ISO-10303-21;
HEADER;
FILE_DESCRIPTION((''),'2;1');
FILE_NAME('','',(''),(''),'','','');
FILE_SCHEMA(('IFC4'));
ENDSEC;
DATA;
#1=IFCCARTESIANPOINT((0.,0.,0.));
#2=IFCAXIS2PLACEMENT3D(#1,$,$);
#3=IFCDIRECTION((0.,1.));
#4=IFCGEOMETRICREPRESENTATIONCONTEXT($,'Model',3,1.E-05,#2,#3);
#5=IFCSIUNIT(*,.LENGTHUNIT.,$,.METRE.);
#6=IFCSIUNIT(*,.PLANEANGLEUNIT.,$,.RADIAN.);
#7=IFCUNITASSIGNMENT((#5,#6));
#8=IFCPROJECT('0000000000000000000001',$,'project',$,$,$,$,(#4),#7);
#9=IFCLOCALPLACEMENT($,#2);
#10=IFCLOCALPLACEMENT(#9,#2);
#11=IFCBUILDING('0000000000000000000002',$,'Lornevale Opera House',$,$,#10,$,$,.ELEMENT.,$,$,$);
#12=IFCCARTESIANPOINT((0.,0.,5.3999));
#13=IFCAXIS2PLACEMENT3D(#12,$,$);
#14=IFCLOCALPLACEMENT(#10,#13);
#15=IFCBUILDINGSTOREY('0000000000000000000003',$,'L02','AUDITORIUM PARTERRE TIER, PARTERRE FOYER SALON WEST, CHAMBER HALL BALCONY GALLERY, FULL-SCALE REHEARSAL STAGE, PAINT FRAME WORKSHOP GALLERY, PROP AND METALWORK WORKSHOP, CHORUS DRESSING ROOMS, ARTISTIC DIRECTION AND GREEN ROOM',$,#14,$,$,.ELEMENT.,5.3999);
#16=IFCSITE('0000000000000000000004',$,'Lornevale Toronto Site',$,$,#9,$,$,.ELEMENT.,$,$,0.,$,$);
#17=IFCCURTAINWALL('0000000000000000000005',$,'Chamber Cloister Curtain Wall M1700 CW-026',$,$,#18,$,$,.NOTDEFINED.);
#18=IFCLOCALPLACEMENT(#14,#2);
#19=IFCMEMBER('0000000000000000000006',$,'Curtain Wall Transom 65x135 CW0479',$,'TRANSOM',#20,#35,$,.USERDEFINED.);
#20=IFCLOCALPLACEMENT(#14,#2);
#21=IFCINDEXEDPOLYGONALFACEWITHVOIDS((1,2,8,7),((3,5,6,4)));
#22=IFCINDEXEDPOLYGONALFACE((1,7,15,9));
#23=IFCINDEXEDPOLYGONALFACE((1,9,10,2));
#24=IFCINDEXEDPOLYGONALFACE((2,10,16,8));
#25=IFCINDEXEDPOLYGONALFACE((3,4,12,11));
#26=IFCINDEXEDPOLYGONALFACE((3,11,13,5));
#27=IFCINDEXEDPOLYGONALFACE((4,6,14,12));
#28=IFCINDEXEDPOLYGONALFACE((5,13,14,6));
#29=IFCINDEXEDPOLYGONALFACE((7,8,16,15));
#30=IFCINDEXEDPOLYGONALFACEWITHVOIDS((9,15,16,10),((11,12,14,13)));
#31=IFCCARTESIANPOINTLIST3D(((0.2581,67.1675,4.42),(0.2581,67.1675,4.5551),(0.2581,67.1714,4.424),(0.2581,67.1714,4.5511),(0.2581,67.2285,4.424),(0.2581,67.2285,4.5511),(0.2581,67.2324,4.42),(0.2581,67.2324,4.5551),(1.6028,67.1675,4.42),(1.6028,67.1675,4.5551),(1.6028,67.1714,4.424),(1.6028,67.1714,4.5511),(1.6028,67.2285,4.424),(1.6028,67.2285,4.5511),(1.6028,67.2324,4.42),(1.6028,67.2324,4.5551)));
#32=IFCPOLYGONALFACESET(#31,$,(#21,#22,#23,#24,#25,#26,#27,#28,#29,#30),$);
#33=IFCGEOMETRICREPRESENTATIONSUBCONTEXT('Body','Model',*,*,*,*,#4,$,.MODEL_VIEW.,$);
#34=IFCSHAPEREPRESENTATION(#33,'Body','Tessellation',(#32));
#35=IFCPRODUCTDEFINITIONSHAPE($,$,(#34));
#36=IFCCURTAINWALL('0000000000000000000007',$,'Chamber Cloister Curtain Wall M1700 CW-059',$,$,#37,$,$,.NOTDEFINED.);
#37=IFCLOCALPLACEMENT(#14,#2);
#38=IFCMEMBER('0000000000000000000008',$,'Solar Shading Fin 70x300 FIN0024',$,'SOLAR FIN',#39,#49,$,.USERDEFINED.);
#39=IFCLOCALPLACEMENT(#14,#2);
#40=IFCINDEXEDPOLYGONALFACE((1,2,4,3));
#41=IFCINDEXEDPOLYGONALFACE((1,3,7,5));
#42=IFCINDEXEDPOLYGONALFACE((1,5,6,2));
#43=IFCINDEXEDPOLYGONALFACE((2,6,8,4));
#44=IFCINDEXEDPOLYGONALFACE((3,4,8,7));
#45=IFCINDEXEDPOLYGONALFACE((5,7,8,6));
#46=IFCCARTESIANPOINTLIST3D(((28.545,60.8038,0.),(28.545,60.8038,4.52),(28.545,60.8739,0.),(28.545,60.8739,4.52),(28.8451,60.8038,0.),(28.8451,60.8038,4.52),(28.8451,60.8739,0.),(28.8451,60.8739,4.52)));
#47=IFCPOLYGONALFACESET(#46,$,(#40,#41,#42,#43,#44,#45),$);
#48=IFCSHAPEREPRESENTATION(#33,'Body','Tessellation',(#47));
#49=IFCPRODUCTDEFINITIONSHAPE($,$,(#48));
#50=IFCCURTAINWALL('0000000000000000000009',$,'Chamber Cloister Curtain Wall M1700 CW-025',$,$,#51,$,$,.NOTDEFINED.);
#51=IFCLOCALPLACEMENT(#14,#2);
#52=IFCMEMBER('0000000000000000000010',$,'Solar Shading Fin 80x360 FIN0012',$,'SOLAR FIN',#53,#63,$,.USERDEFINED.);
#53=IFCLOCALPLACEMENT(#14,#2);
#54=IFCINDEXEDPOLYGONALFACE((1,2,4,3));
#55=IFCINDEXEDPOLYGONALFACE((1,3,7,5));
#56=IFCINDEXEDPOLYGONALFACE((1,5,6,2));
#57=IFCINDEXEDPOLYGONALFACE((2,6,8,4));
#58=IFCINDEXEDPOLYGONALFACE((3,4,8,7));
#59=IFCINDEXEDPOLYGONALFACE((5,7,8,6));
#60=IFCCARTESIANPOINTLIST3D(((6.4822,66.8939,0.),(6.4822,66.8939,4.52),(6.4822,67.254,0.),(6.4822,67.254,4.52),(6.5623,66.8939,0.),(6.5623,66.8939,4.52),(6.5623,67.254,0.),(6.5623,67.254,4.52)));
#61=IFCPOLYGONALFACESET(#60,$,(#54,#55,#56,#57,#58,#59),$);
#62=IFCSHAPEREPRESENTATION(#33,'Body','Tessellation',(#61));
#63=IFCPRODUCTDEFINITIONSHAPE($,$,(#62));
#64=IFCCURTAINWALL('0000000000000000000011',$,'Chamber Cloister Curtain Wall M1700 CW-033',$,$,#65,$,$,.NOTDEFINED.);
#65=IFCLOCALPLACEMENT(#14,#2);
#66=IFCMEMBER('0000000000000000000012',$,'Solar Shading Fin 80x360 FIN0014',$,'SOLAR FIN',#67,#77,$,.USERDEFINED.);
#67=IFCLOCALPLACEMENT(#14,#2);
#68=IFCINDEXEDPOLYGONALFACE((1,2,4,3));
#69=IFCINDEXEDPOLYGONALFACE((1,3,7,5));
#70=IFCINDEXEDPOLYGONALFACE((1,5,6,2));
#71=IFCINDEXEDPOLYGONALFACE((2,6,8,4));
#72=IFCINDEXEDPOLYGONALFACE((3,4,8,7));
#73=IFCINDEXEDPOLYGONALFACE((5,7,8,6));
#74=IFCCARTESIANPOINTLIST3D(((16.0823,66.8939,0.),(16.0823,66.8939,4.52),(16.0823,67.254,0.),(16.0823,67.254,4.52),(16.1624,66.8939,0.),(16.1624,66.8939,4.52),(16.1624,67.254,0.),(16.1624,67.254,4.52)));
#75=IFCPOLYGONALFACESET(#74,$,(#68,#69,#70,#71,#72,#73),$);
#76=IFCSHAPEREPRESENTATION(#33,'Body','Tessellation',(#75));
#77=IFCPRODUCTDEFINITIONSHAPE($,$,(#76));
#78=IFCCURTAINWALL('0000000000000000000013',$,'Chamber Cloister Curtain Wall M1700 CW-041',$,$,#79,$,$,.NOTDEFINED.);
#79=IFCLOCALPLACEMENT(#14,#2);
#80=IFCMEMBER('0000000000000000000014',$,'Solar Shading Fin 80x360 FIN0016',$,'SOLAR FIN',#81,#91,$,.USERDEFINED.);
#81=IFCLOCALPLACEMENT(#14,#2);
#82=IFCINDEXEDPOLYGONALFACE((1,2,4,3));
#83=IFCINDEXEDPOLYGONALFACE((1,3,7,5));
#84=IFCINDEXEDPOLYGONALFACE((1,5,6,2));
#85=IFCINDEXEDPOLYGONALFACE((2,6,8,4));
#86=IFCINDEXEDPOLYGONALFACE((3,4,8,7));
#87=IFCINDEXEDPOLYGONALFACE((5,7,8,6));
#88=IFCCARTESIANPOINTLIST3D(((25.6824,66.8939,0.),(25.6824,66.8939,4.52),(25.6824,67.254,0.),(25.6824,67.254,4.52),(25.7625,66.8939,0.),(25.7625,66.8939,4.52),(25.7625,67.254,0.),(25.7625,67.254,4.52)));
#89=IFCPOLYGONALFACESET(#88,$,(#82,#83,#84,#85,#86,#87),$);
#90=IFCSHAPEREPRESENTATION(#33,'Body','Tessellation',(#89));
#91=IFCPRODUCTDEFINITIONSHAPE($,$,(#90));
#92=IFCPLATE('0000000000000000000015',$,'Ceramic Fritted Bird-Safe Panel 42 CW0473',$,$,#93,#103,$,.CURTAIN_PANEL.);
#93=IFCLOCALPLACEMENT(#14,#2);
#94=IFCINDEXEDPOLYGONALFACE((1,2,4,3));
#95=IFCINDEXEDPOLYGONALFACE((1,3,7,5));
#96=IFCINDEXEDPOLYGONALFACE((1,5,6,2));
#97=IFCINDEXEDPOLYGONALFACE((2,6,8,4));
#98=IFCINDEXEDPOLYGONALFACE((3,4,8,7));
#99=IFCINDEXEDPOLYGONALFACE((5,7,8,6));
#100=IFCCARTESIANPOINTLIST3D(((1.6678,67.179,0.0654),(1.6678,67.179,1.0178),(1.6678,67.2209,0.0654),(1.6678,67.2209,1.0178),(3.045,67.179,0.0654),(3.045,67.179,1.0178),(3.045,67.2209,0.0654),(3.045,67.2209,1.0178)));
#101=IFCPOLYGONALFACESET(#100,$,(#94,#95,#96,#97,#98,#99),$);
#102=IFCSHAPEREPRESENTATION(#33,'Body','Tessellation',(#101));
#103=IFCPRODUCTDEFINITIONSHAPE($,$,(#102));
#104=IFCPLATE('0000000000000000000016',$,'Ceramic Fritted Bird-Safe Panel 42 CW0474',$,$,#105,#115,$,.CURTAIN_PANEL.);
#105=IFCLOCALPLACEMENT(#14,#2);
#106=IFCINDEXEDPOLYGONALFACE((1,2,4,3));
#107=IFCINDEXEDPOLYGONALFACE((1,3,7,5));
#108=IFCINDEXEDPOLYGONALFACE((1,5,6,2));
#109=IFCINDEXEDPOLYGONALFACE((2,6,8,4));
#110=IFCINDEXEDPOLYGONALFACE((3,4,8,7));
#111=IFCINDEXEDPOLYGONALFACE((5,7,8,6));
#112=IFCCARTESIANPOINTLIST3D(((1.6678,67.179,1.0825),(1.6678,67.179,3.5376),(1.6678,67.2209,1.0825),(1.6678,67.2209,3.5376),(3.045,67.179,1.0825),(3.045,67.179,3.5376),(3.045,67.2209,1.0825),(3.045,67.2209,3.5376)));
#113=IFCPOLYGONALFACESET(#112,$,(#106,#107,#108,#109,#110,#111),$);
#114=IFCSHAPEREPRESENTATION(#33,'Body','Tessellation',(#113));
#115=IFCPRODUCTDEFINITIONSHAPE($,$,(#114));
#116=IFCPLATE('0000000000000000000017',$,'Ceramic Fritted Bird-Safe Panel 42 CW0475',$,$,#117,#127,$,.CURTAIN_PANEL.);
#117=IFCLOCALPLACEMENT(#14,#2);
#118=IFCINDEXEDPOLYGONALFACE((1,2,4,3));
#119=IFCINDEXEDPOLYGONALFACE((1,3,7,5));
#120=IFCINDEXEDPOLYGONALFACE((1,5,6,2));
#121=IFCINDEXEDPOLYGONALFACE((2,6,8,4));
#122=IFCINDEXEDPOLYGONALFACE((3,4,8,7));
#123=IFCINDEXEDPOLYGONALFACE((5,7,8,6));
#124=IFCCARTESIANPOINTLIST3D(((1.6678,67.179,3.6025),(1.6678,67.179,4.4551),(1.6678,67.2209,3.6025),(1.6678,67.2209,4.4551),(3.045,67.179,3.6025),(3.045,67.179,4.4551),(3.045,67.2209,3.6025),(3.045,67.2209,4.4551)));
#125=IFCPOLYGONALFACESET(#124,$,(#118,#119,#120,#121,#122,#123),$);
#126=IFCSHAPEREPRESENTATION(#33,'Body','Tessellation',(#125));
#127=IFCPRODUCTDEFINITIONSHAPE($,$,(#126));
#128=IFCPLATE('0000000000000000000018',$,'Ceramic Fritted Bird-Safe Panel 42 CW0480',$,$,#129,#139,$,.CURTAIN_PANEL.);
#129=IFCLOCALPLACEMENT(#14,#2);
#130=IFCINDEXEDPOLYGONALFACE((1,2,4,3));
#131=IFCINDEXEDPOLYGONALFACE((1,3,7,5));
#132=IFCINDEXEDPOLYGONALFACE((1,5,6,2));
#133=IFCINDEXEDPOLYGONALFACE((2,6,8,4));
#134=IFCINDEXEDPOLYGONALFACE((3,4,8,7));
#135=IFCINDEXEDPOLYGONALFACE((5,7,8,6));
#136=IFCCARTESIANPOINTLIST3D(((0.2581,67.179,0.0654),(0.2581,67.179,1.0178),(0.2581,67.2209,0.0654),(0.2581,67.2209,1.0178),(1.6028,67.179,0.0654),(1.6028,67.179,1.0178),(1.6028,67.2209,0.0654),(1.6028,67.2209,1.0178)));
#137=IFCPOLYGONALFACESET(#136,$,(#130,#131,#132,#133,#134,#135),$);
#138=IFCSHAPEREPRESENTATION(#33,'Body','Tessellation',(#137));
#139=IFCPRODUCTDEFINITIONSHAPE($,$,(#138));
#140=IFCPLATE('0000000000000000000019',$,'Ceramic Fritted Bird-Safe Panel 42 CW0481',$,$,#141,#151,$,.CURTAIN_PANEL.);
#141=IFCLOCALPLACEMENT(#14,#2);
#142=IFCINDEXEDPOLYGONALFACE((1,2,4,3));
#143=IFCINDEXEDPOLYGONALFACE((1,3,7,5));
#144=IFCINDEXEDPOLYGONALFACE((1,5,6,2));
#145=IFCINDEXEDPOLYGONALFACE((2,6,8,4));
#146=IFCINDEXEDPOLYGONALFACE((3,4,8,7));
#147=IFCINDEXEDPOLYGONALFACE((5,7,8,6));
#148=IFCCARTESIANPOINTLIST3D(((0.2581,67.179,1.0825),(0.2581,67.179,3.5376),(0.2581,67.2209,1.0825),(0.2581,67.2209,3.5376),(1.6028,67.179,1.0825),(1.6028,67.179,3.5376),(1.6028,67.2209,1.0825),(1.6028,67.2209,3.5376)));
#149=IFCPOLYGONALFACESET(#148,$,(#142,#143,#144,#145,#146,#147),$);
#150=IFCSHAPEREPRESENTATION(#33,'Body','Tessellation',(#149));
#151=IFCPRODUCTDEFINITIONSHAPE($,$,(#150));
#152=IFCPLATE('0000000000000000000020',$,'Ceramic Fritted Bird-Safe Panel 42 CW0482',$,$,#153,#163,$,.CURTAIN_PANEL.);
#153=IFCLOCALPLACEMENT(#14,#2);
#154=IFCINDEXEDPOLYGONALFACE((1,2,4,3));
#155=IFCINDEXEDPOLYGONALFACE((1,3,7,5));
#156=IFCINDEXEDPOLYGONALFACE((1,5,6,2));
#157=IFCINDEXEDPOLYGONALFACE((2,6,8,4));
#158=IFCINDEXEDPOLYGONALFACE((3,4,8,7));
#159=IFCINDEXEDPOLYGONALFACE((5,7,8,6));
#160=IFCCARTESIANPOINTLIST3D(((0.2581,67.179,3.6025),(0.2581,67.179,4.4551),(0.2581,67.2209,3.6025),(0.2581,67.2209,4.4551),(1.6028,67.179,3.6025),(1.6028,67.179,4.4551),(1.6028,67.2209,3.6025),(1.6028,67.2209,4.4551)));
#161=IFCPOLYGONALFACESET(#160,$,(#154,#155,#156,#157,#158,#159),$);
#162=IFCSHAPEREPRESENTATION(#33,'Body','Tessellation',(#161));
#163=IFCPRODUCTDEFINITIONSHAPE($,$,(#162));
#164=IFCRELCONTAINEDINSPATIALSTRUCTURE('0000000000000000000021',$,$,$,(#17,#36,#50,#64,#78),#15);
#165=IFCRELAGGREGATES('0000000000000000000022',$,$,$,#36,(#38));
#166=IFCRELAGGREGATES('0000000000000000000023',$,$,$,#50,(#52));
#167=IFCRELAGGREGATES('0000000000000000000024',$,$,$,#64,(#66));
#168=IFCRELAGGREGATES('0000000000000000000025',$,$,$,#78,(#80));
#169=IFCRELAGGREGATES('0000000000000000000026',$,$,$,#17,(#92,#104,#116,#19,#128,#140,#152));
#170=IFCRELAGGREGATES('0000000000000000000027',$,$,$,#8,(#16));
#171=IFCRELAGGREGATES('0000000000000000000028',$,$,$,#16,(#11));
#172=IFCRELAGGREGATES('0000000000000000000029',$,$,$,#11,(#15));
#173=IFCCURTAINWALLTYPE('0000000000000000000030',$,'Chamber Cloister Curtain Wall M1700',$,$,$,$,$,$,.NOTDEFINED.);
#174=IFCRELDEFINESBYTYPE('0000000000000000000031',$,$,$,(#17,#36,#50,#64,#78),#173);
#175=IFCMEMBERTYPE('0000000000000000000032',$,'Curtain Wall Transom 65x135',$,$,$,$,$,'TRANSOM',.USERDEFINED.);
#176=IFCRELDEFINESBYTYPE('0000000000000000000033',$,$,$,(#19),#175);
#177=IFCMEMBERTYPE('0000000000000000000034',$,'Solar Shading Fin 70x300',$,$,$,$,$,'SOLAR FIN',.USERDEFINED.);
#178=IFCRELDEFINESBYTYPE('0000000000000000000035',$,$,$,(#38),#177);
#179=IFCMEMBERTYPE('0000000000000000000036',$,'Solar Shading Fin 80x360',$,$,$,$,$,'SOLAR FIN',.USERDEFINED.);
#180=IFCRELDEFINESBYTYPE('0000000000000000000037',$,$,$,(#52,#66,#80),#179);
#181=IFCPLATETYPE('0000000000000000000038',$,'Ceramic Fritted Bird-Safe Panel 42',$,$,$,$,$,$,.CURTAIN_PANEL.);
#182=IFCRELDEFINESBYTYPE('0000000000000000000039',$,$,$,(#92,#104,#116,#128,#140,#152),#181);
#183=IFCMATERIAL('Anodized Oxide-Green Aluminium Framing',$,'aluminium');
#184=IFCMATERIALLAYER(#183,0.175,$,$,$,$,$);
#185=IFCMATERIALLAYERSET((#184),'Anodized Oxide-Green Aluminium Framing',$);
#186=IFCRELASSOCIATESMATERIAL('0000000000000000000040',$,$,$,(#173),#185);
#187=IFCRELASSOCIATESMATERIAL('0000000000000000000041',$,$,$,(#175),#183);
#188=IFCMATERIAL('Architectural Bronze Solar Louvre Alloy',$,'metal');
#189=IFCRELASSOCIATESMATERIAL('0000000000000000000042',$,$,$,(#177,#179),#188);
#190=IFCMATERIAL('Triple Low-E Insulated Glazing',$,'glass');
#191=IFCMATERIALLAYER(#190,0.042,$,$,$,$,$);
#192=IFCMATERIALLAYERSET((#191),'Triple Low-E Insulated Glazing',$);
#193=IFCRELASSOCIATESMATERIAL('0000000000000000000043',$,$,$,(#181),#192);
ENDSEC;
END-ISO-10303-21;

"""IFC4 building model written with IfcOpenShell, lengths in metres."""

from ifc_helpers import new_model, si_unit, direction, frame, origin, origin_2d, place, context, subcontext, project, spatial, rectangle, hollow_rectangle, extrude, material, layer, layer_set, material_profile, profile_set, type_object, element, aggregate, save


model = new_model("IFC4")

# Units and contexts
model_context = context("Model", 3, precision=1e-05, world=origin(), true_north=direction((0.0, 1.0)))
body_context = subcontext(model_context, "Body", "Model", "MODEL_VIEW")
ifc_project = project(units=[si_unit("LENGTHUNIT", "METRE"), si_unit("PLANEANGLEUNIT", "RADIAN")], contexts=[model_context])

# Site, building, storey
site_placement = place(None, origin())
site = spatial("IfcSite", under=ifc_project, at=site_placement, Name="Lornevale Toronto Site", CompositionType="ELEMENT", RefElevation=0.0)
building_placement = place(site_placement, origin())
building = spatial("IfcBuilding", under=site, at=building_placement, Name="Lornevale Opera House", CompositionType="ELEMENT")
storey_placement = place(building_placement, frame((0.0, 0.0, 5.3999)))
storey = spatial("IfcBuildingStorey", under=building, at=storey_placement, Name="L02", Description="AUDITORIUM PARTERRE TIER, PARTERRE FOYER SALON WEST, CHAMBER HALL BALCONY GALLERY, FULL-SCALE REHEARSAL STAGE, PAINT FRAME WORKSHOP GALLERY, PROP AND METALWORK WORKSHOP, CHORUS DRESSING ROOMS, ARTISTIC DIRECTION AND GREEN ROOM", CompositionType="ELEMENT", Elevation=5.3999)

# Curtain wall, member
ifc_material_1 = material(Name="Anodized Oxide-Green Aluminium Framing", Category="aluminium")
ifc_layer_1 = layer(ifc_material_1, 0.175)
ifc_layer_set_1 = layer_set([ifc_layer_1], Name="Anodized Oxide-Green Aluminium Framing")
curtain_wall_type = type_object("IfcCurtainWallType", Name="Chamber Cloister Curtain Wall M1700", PredefinedType="NOTDEFINED", material=ifc_layer_set_1)
curtain_wall_1_placement = place(storey_placement, origin())
curtain_wall_1 = element("IfcCurtainWall", 1, at=curtain_wall_1_placement, inside=storey, type_object=curtain_wall_type, Name="Chamber Cloister Curtain Wall M1700 CW-026", PredefinedType="NOTDEFINED")
ifc_material_profile_1 = material_profile(ifc_material_1, hollow_rectangle(XDim=0.0649, YDim=0.135, WallThickness=0.0039, at=origin_2d()), Name="ALU65x135x4")
ifc_profile_set_1 = profile_set([ifc_material_profile_1], Name="Anodized Oxide-Green Aluminium Framing")
member_type_1 = type_object("IfcMemberType", Name="Curtain Wall Transom 65x135", ElementType="TRANSOM", PredefinedType="USERDEFINED", material=ifc_profile_set_1)
member_1_placement = place(storey_placement, frame((1.6028, 67.2, 4.4875), z_axis=(-1.0, 0.0, 0.0), x_axis=(0.0, -1.0, 0.0)))
member_1 = element("IfcMember", 2, at=member_1_placement, type_object=member_type_1, Name="Curtain Wall Transom 65x135 CW0479", ObjectType="TRANSOM", PredefinedType="USERDEFINED", context=body_context, shape_type="SweptSolid", body=[
    extrude(hollow_rectangle(XDim=0.0649, YDim=0.135, WallThickness=0.0039, at=origin_2d()), origin(), (0.0, 0.0, 1.0), 1.3447),
])

# Curtain walls, members
curtain_wall_2_placement = place(storey_placement, origin())
curtain_wall_2 = element("IfcCurtainWall", 3, at=curtain_wall_2_placement, inside=storey, type_object=curtain_wall_type, Name="Chamber Cloister Curtain Wall M1700 CW-059", PredefinedType="NOTDEFINED")
ifc_material_2 = material(Name="Architectural Bronze Solar Louvre Alloy", Category="metal")
ifc_material_profile_2 = material_profile(ifc_material_2, rectangle(XDim=0.0701, YDim=0.3, at=origin_2d()), Name="FIN70x300")
ifc_profile_set_2 = profile_set([ifc_material_profile_2], Name="Architectural Bronze Solar Louvre Alloy")
member_type_2 = type_object("IfcMemberType", Name="Solar Shading Fin 70x300", ElementType="SOLAR FIN", PredefinedType="USERDEFINED", material=ifc_profile_set_2)
member_2_placement = place(storey_placement, frame((28.6951, 60.8389, 0.0), z_axis=(0.0, 0.0, 1.0), x_axis=(0.0, 1.0, 0.0)))
member_2 = element("IfcMember", 4, at=member_2_placement, type_object=member_type_2, Name="Solar Shading Fin 70x300 FIN0024", ObjectType="SOLAR FIN", PredefinedType="USERDEFINED", context=body_context, shape_type="SweptSolid", body=[
    extrude(rectangle(XDim=0.0701, YDim=0.3, at=origin_2d()), origin(), (0.0, 0.0, 1.0), 4.52),
])
aggregate(curtain_wall_2, [member_2])
curtain_wall_3_placement = place(storey_placement, origin())
curtain_wall_3 = element("IfcCurtainWall", 5, at=curtain_wall_3_placement, inside=storey, type_object=curtain_wall_type, Name="Chamber Cloister Curtain Wall M1700 CW-025", PredefinedType="NOTDEFINED")
ifc_material_profile_3 = material_profile(ifc_material_2, rectangle(XDim=0.0801, YDim=0.3601, at=origin_2d()), Name="FIN80x360")
ifc_profile_set_3 = profile_set([ifc_material_profile_3], Name="Architectural Bronze Solar Louvre Alloy")
member_type_3 = type_object("IfcMemberType", Name="Solar Shading Fin 80x360", ElementType="SOLAR FIN", PredefinedType="USERDEFINED", material=ifc_profile_set_3)
member_3_placement = place(storey_placement, frame((6.5222, 67.074, 0.0), z_axis=(0.0, 0.0, 1.0), x_axis=(-1.0, 0.0, 0.0)))
member_3 = element("IfcMember", 6, at=member_3_placement, type_object=member_type_3, Name="Solar Shading Fin 80x360 FIN0012", ObjectType="SOLAR FIN", PredefinedType="USERDEFINED", context=body_context, shape_type="SweptSolid", body=[
    extrude(rectangle(XDim=0.0801, YDim=0.3601, at=origin_2d()), origin(), (0.0, 0.0, 1.0), 4.52),
])
aggregate(curtain_wall_3, [member_3])
curtain_wall_4_placement = place(storey_placement, origin())
curtain_wall_4 = element("IfcCurtainWall", 7, at=curtain_wall_4_placement, inside=storey, type_object=curtain_wall_type, Name="Chamber Cloister Curtain Wall M1700 CW-033", PredefinedType="NOTDEFINED")
member_4_placement = place(storey_placement, frame((16.1223, 67.074, 0.0), z_axis=(0.0, 0.0, 1.0), x_axis=(-1.0, 0.0, 0.0)))
member_4 = element("IfcMember", 8, at=member_4_placement, type_object=member_type_3, Name="Solar Shading Fin 80x360 FIN0014", ObjectType="SOLAR FIN", PredefinedType="USERDEFINED", context=body_context, shape_type="SweptSolid", body=[
    extrude(rectangle(XDim=0.0801, YDim=0.3601, at=origin_2d()), origin(), (0.0, 0.0, 1.0), 4.52),
])
aggregate(curtain_wall_4, [member_4])
curtain_wall_5_placement = place(storey_placement, origin())
curtain_wall_5 = element("IfcCurtainWall", 9, at=curtain_wall_5_placement, inside=storey, type_object=curtain_wall_type, Name="Chamber Cloister Curtain Wall M1700 CW-041", PredefinedType="NOTDEFINED")
member_5_placement = place(storey_placement, frame((25.7224, 67.074, 0.0), z_axis=(0.0, 0.0, 1.0), x_axis=(-1.0, 0.0, 0.0)))
member_5 = element("IfcMember", 10, at=member_5_placement, type_object=member_type_3, Name="Solar Shading Fin 80x360 FIN0016", ObjectType="SOLAR FIN", PredefinedType="USERDEFINED", context=body_context, shape_type="SweptSolid", body=[
    extrude(rectangle(XDim=0.0801, YDim=0.3601, at=origin_2d()), origin(), (0.0, 0.0, 1.0), 4.52),
])
aggregate(curtain_wall_5, [member_5])

# Plates
ifc_material_3 = material(Name="Triple Low-E Insulated Glazing", Category="glass")
ifc_layer_2 = layer(ifc_material_3, 0.042)
ifc_layer_set_2 = layer_set([ifc_layer_2], Name="Triple Low-E Insulated Glazing")
plate_type = type_object("IfcPlateType", Name="Ceramic Fritted Bird-Safe Panel 42", PredefinedType="CURTAIN_PANEL", material=ifc_layer_set_2)
plate_1_placement = place(storey_placement, frame((2.3564, 67.2, 0.0654), z_axis=(0.0, 0.0, 1.0), x_axis=(-1.0, 0.0, 0.0)))
plate_1 = element("IfcPlate", 11, at=plate_1_placement, type_object=plate_type, Name="Ceramic Fritted Bird-Safe Panel 42 CW0473", PredefinedType="CURTAIN_PANEL", context=body_context, shape_type="SweptSolid", body=[
    extrude(rectangle(XDim=1.3772, YDim=0.042, at=origin_2d()), origin(), (0.0, 0.0, 1.0), 0.9524),
])
plate_2_placement = place(storey_placement, frame((2.3564, 67.2, 1.0825), z_axis=(0.0, 0.0, 1.0), x_axis=(-1.0, 0.0, 0.0)))
plate_2 = element("IfcPlate", 12, at=plate_2_placement, type_object=plate_type, Name="Ceramic Fritted Bird-Safe Panel 42 CW0474", PredefinedType="CURTAIN_PANEL", context=body_context, shape_type="SweptSolid", body=[
    extrude(rectangle(XDim=1.3772, YDim=0.042, at=origin_2d()), origin(), (0.0, 0.0, 1.0), 2.4551),
])
plate_3_placement = place(storey_placement, frame((2.3564, 67.2, 3.6025), z_axis=(0.0, 0.0, 1.0), x_axis=(-1.0, 0.0, 0.0)))
plate_3 = element("IfcPlate", 13, at=plate_3_placement, type_object=plate_type, Name="Ceramic Fritted Bird-Safe Panel 42 CW0475", PredefinedType="CURTAIN_PANEL", context=body_context, shape_type="SweptSolid", body=[
    extrude(rectangle(XDim=1.3772, YDim=0.042, at=origin_2d()), origin(), (0.0, 0.0, 1.0), 0.8525),
])
plate_4_placement = place(storey_placement, frame((0.9304, 67.2, 0.0654), z_axis=(0.0, 0.0, 1.0), x_axis=(-1.0, 0.0, 0.0)))
plate_4 = element("IfcPlate", 14, at=plate_4_placement, type_object=plate_type, Name="Ceramic Fritted Bird-Safe Panel 42 CW0480", PredefinedType="CURTAIN_PANEL", context=body_context, shape_type="SweptSolid", body=[
    extrude(rectangle(XDim=1.3447, YDim=0.042, at=origin_2d()), origin(), (0.0, 0.0, 1.0), 0.9524),
])
plate_5_placement = place(storey_placement, frame((0.9304, 67.2, 1.0825), z_axis=(0.0, 0.0, 1.0), x_axis=(-1.0, 0.0, 0.0)))
plate_5 = element("IfcPlate", 15, at=plate_5_placement, type_object=plate_type, Name="Ceramic Fritted Bird-Safe Panel 42 CW0481", PredefinedType="CURTAIN_PANEL", context=body_context, shape_type="SweptSolid", body=[
    extrude(rectangle(XDim=1.3447, YDim=0.042, at=origin_2d()), origin(), (0.0, 0.0, 1.0), 2.4551),
])
plate_6_placement = place(storey_placement, frame((0.9304, 67.2, 3.6025), z_axis=(0.0, 0.0, 1.0), x_axis=(-1.0, 0.0, 0.0)))
plate_6 = element("IfcPlate", 16, at=plate_6_placement, type_object=plate_type, Name="Ceramic Fritted Bird-Safe Panel 42 CW0482", PredefinedType="CURTAIN_PANEL", context=body_context, shape_type="SweptSolid", body=[
    extrude(rectangle(XDim=1.3447, YDim=0.042, at=origin_2d()), origin(), (0.0, 0.0, 1.0), 0.8525),
])
aggregate(curtain_wall_1, [plate_1, plate_2, plate_3, member_1, plate_4, plate_5, plate_6])

save(model, "model.ifc")
